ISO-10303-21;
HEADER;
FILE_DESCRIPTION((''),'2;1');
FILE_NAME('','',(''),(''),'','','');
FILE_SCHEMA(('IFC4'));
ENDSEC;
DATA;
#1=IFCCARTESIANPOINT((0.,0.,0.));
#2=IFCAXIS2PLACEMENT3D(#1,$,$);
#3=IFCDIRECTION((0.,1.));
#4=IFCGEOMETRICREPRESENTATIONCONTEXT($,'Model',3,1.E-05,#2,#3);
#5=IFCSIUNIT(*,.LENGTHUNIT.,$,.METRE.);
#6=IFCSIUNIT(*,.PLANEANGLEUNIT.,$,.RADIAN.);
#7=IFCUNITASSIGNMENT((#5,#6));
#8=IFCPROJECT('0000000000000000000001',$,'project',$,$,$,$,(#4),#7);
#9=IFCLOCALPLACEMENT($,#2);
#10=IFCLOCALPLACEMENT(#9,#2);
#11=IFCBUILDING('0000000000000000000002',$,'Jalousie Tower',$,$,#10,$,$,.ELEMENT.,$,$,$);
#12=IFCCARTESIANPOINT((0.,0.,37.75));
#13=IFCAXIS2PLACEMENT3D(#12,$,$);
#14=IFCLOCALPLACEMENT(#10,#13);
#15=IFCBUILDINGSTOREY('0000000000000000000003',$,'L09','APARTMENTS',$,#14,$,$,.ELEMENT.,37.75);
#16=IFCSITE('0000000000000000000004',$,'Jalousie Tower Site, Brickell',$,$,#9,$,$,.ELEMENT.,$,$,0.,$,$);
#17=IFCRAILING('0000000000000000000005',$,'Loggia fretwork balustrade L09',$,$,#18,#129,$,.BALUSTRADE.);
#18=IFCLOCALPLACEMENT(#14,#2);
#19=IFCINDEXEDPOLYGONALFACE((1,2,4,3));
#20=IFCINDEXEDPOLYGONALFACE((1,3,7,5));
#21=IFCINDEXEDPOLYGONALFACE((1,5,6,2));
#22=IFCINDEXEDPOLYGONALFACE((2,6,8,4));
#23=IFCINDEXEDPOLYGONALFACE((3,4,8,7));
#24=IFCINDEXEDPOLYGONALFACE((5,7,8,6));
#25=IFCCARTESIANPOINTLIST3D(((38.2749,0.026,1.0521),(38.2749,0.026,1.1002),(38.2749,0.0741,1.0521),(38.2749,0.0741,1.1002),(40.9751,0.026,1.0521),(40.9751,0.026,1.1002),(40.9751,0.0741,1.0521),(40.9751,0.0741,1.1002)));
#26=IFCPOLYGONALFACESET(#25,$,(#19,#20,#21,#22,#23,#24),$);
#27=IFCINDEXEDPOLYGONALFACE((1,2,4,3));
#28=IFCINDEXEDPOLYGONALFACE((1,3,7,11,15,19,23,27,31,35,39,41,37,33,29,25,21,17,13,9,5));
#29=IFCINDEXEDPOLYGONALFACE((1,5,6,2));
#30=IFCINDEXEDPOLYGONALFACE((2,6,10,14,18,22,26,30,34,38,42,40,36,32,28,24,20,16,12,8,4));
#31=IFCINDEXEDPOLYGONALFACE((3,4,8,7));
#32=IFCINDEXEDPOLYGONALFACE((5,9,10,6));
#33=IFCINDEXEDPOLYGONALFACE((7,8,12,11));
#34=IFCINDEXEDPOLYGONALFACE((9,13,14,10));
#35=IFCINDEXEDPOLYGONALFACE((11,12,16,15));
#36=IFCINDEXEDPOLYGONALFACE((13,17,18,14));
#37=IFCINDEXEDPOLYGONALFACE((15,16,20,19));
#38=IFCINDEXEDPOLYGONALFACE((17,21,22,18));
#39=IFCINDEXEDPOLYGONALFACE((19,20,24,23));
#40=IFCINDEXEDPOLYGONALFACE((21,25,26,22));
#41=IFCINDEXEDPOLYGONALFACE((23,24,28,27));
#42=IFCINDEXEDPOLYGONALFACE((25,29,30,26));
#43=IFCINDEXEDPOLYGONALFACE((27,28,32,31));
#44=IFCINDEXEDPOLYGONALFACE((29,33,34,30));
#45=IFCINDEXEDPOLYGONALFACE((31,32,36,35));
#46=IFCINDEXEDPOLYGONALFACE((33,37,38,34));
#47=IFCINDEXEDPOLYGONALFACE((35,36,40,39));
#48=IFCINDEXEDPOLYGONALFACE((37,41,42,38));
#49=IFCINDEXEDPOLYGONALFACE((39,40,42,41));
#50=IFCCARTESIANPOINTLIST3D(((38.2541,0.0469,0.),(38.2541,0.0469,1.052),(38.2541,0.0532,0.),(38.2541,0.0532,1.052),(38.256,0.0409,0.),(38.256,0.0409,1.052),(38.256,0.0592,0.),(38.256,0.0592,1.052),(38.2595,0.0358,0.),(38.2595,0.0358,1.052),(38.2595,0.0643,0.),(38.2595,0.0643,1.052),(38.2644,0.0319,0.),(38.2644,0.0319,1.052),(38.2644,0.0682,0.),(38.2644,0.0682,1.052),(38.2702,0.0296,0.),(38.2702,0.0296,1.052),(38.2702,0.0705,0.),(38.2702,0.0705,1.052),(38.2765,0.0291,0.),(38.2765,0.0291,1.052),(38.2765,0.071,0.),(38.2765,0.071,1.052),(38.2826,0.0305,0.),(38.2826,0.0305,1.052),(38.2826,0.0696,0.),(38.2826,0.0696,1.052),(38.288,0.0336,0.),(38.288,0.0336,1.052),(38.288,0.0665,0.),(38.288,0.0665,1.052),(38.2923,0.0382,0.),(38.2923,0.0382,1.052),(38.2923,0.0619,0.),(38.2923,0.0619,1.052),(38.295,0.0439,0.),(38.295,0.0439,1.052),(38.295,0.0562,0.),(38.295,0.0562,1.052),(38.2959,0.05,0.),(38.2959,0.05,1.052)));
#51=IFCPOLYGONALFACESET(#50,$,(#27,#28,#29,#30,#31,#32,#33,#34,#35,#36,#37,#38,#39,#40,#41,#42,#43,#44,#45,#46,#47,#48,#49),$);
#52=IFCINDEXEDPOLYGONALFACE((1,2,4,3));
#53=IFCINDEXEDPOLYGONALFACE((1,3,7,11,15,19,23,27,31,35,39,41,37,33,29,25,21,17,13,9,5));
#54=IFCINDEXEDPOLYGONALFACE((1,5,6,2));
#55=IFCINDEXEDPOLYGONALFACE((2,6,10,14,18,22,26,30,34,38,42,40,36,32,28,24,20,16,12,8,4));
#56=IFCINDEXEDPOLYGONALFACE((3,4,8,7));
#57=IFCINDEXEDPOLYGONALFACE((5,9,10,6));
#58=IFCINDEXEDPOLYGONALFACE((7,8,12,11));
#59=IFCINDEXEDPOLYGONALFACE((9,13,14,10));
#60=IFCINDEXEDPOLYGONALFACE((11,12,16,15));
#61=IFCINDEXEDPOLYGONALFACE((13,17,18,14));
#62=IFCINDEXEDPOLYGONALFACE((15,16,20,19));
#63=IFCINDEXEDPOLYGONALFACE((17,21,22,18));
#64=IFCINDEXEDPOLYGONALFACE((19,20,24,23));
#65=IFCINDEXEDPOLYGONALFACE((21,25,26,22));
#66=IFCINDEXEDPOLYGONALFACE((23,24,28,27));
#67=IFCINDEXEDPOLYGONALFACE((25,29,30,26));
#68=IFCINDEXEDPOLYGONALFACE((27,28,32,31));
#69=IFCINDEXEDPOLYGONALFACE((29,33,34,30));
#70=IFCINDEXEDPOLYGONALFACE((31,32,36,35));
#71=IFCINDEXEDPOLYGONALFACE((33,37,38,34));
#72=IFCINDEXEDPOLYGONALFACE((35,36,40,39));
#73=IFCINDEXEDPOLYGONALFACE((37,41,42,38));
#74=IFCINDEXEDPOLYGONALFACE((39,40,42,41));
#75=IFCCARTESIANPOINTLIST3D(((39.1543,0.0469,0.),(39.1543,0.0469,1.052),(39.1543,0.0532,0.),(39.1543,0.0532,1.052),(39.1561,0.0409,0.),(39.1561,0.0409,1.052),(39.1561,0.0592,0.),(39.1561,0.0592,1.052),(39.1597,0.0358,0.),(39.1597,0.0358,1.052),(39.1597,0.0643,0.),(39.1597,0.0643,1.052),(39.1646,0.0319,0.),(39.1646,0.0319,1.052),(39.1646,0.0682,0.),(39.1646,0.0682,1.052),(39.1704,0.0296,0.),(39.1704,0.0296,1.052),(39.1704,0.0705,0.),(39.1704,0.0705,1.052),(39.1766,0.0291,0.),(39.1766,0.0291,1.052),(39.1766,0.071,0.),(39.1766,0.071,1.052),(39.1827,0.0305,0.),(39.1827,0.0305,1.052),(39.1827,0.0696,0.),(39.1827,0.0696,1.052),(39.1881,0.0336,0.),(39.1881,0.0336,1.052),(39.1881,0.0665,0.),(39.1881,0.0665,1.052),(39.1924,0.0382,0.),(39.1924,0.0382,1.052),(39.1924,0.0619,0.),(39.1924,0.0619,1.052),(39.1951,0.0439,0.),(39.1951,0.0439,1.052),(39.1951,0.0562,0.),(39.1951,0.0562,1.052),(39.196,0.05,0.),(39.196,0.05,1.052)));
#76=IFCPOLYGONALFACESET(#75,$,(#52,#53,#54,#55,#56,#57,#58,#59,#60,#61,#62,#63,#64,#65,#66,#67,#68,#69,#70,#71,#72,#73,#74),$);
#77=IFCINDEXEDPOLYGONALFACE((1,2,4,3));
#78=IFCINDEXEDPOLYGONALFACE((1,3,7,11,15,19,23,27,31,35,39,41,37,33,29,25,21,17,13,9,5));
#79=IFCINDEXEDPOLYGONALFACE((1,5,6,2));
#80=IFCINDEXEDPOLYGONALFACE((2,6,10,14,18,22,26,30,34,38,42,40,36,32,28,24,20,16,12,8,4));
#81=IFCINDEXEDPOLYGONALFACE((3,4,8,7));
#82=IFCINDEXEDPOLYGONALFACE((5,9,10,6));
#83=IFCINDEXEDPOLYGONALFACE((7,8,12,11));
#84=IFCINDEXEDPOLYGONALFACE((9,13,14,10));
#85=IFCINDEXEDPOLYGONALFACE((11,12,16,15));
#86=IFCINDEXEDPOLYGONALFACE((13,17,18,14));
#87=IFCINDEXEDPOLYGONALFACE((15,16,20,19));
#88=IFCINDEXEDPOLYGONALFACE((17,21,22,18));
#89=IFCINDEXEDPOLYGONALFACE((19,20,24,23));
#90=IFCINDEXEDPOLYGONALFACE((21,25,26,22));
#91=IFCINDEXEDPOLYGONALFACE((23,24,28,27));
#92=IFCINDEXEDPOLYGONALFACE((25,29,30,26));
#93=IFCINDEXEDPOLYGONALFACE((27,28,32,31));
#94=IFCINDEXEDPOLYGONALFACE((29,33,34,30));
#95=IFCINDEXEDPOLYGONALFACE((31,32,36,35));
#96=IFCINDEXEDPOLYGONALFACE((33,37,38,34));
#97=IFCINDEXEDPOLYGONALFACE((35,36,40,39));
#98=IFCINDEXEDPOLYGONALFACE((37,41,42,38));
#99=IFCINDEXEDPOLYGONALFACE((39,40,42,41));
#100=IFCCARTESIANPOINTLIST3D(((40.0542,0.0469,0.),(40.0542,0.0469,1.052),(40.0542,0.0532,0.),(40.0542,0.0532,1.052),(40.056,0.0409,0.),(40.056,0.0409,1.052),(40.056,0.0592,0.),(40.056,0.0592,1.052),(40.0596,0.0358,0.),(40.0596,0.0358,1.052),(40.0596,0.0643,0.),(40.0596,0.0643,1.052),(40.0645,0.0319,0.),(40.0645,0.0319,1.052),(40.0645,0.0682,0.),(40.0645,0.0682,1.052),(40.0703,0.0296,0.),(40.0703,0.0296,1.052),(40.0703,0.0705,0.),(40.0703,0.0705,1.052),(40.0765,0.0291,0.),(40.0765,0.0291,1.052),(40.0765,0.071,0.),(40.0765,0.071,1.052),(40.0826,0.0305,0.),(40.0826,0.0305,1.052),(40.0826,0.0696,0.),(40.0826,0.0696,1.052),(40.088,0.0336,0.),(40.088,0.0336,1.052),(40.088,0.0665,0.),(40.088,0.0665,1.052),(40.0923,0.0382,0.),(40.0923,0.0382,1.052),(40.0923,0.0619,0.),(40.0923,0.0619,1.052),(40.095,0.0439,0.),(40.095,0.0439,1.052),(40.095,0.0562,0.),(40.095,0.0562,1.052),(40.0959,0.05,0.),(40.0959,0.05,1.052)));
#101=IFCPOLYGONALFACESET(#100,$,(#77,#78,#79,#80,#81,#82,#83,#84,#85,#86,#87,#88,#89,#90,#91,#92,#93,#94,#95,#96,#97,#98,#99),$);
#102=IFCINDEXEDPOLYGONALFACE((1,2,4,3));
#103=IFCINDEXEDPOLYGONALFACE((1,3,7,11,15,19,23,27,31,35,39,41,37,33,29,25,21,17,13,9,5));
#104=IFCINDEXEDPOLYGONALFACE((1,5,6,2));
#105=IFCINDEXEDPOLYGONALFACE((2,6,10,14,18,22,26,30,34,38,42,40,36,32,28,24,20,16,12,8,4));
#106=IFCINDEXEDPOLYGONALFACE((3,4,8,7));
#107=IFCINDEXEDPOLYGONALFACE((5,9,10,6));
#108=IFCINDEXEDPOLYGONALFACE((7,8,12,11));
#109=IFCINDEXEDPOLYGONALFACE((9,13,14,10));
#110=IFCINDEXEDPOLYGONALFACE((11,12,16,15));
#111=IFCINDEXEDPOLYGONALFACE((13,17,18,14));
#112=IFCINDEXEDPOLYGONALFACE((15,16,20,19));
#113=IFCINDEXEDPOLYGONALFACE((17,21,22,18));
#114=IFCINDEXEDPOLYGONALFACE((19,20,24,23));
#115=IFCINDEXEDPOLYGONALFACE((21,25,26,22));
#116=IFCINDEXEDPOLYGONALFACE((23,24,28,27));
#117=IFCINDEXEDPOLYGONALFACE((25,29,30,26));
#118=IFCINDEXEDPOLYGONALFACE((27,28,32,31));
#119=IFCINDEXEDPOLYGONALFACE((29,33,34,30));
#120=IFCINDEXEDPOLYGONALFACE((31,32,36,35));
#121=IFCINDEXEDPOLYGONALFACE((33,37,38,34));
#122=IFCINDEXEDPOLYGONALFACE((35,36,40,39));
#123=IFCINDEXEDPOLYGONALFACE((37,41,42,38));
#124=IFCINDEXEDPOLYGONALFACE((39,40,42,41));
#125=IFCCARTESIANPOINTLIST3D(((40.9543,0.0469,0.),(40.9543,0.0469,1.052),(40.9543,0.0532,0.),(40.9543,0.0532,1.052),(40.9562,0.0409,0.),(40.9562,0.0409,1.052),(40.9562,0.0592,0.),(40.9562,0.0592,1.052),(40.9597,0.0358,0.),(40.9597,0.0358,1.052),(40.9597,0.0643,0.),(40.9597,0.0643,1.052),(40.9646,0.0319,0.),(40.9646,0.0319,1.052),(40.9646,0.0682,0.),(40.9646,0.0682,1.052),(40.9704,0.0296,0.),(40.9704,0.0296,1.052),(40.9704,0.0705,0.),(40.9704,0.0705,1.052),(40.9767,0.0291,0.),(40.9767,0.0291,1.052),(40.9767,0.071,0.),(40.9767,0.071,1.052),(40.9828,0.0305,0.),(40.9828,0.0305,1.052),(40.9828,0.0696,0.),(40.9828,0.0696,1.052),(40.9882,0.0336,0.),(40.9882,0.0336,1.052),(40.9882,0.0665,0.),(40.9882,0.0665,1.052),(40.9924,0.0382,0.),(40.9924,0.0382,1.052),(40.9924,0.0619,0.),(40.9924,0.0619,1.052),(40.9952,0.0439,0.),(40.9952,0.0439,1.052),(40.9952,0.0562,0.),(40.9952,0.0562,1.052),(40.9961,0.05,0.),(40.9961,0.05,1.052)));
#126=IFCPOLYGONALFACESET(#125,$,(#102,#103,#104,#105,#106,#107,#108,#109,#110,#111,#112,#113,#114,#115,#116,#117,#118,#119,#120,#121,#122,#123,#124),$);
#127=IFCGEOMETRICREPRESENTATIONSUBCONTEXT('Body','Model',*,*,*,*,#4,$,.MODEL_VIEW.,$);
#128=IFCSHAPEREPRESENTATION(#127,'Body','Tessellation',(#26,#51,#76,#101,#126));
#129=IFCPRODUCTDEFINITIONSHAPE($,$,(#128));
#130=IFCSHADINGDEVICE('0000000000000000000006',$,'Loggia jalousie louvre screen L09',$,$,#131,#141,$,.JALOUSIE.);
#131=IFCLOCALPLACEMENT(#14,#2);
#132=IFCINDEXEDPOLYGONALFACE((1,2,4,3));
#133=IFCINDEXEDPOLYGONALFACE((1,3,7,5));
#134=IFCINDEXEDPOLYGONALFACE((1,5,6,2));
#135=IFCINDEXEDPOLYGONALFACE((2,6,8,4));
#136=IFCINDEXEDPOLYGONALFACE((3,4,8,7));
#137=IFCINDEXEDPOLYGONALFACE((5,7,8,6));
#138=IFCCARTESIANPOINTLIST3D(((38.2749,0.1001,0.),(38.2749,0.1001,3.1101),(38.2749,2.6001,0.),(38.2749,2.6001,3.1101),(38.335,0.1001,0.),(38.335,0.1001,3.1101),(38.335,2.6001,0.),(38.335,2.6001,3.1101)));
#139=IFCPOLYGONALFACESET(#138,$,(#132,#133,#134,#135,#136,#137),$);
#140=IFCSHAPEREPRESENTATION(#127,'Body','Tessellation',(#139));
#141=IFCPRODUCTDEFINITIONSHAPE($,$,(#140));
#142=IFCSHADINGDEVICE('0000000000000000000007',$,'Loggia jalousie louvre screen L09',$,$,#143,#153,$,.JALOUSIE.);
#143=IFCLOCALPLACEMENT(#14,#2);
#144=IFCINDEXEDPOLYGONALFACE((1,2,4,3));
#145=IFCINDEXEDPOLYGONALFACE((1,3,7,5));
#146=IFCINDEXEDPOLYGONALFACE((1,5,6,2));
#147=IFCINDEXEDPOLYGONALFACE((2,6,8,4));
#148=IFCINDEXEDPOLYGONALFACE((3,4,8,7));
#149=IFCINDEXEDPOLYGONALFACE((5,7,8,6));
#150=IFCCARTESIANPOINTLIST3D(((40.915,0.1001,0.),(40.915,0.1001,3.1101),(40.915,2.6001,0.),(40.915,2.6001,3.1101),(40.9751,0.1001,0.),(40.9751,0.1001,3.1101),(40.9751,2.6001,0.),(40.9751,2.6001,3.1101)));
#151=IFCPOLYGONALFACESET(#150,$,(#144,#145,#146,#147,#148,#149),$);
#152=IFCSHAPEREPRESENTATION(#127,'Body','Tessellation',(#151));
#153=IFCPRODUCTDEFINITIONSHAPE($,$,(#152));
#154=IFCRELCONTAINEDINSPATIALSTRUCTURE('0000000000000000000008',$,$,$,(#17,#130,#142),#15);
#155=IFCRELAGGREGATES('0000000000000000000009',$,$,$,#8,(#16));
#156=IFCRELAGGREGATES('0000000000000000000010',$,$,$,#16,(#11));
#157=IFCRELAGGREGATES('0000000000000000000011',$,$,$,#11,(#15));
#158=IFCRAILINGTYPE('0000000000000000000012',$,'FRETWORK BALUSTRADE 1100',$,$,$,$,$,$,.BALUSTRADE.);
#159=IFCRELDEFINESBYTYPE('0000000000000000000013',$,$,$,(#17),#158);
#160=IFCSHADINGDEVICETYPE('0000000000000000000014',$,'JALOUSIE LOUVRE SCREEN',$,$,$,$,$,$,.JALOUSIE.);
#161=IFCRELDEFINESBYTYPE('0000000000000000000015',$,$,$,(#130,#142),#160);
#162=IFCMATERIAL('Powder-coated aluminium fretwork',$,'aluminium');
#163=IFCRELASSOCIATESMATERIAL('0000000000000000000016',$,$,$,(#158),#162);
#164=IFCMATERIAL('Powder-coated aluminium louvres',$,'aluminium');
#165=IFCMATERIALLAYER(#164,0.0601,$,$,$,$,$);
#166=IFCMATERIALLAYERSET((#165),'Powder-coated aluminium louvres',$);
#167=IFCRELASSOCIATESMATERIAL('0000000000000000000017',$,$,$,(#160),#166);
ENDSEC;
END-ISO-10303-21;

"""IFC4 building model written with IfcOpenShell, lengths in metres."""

from ifc_helpers import new_model, si_unit, direction, frame, origin, origin_2d, place, context, subcontext, project, spatial, rectangle, circle, extrude, material, layer, layer_set, type_object, element, save


model = new_model("IFC4")

# Units and contexts
model_context = context("Model", 3, precision=1e-05, world=origin(), true_north=direction((0.0, 1.0)))
body_context = subcontext(model_context, "Body", "Model", "MODEL_VIEW")
ifc_project = project(units=[si_unit("LENGTHUNIT", "METRE"), si_unit("PLANEANGLEUNIT", "RADIAN")], contexts=[model_context])

# Site, building, storey
site_placement = place(None, origin())
site = spatial("IfcSite", under=ifc_project, at=site_placement, Name="Jalousie Tower Site, Brickell", CompositionType="ELEMENT", RefElevation=0.0)
building_placement = place(site_placement, origin())
building = spatial("IfcBuilding", under=site, at=building_placement, Name="Jalousie Tower", CompositionType="ELEMENT")
storey_placement = place(building_placement, frame((0.0, 0.0, 37.75)))
storey = spatial("IfcBuildingStorey", under=building, at=storey_placement, Name="L09", Description="APARTMENTS", CompositionType="ELEMENT", Elevation=37.75)

# Railing
ifc_material_1 = material(Name="Powder-coated aluminium fretwork", Category="aluminium")
railing_type = type_object("IfcRailingType", Name="FRETWORK BALUSTRADE 1100", PredefinedType="BALUSTRADE", material=ifc_material_1)
railing_placement = place(storey_placement, frame((38.2749, 0.05, 0.0)))
element("IfcRailing", 1, at=railing_placement, inside=storey, type_object=railing_type, Name="Loggia fretwork balustrade L09", PredefinedType="BALUSTRADE", context=body_context, shape_type="SweptSolid", body=[
    extrude(rectangle(XDim=0.0481, YDim=0.0481, at=origin_2d()), frame((0.0, 0.0, 1.0762), z_axis=(1.0, 0.0, 0.0), x_axis=(0.0, 1.0, 0.0)), (0.0, 0.0, 1.0), 2.7002),
    extrude(circle(Radius=0.021, at=origin_2d()), origin(), (0.0, 0.0, 1.0), 1.052),
    extrude(circle(Radius=0.021, at=origin_2d()), frame((0.9001, 0.0, 0.0)), (0.0, 0.0, 1.0), 1.052),
    extrude(circle(Radius=0.021, at=origin_2d()), frame((1.8, 0.0, 0.0)), (0.0, 0.0, 1.0), 1.052),
    extrude(circle(Radius=0.021, at=origin_2d()), frame((2.7002, 0.0, 0.0)), (0.0, 0.0, 1.0), 1.052),
])

# Shading devices
ifc_material_2 = material(Name="Powder-coated aluminium louvres", Category="aluminium")
ifc_layer_1 = layer(ifc_material_2, 0.0601)
ifc_layer_set_1 = layer_set([ifc_layer_1], Name="Powder-coated aluminium louvres")
shading_device_type_1 = type_object("IfcShadingDeviceType", Name="JALOUSIE LOUVRE SCREEN", PredefinedType="JALOUSIE", material=ifc_layer_set_1)
for number, where, z_axis, x_axis, name in (
    (2, (38.3049, 1.3501, 0.0), (0.0, 0.0, 1.0), (1.0, 0.0, 0.0), "Loggia jalousie louvre screen L09"),
    (3, (40.9451, 1.3501, 0.0), (0.0, 0.0, 1.0), (1.0, 0.0, 0.0), "Loggia jalousie louvre screen L09"),
):
    element("IfcShadingDevice", number, at=place(storey_placement, frame(where, z_axis=z_axis, x_axis=x_axis)), inside=storey, type_object=shading_device_type_1, Name=name, PredefinedType="JALOUSIE", context=body_context, shape_type="SweptSolid", body=[
        extrude(rectangle(XDim=0.0601, YDim=2.5, at=origin_2d()), origin(), (0.0, 0.0, 1.0), 3.1101),
    ])

save(model, "model.ifc")
